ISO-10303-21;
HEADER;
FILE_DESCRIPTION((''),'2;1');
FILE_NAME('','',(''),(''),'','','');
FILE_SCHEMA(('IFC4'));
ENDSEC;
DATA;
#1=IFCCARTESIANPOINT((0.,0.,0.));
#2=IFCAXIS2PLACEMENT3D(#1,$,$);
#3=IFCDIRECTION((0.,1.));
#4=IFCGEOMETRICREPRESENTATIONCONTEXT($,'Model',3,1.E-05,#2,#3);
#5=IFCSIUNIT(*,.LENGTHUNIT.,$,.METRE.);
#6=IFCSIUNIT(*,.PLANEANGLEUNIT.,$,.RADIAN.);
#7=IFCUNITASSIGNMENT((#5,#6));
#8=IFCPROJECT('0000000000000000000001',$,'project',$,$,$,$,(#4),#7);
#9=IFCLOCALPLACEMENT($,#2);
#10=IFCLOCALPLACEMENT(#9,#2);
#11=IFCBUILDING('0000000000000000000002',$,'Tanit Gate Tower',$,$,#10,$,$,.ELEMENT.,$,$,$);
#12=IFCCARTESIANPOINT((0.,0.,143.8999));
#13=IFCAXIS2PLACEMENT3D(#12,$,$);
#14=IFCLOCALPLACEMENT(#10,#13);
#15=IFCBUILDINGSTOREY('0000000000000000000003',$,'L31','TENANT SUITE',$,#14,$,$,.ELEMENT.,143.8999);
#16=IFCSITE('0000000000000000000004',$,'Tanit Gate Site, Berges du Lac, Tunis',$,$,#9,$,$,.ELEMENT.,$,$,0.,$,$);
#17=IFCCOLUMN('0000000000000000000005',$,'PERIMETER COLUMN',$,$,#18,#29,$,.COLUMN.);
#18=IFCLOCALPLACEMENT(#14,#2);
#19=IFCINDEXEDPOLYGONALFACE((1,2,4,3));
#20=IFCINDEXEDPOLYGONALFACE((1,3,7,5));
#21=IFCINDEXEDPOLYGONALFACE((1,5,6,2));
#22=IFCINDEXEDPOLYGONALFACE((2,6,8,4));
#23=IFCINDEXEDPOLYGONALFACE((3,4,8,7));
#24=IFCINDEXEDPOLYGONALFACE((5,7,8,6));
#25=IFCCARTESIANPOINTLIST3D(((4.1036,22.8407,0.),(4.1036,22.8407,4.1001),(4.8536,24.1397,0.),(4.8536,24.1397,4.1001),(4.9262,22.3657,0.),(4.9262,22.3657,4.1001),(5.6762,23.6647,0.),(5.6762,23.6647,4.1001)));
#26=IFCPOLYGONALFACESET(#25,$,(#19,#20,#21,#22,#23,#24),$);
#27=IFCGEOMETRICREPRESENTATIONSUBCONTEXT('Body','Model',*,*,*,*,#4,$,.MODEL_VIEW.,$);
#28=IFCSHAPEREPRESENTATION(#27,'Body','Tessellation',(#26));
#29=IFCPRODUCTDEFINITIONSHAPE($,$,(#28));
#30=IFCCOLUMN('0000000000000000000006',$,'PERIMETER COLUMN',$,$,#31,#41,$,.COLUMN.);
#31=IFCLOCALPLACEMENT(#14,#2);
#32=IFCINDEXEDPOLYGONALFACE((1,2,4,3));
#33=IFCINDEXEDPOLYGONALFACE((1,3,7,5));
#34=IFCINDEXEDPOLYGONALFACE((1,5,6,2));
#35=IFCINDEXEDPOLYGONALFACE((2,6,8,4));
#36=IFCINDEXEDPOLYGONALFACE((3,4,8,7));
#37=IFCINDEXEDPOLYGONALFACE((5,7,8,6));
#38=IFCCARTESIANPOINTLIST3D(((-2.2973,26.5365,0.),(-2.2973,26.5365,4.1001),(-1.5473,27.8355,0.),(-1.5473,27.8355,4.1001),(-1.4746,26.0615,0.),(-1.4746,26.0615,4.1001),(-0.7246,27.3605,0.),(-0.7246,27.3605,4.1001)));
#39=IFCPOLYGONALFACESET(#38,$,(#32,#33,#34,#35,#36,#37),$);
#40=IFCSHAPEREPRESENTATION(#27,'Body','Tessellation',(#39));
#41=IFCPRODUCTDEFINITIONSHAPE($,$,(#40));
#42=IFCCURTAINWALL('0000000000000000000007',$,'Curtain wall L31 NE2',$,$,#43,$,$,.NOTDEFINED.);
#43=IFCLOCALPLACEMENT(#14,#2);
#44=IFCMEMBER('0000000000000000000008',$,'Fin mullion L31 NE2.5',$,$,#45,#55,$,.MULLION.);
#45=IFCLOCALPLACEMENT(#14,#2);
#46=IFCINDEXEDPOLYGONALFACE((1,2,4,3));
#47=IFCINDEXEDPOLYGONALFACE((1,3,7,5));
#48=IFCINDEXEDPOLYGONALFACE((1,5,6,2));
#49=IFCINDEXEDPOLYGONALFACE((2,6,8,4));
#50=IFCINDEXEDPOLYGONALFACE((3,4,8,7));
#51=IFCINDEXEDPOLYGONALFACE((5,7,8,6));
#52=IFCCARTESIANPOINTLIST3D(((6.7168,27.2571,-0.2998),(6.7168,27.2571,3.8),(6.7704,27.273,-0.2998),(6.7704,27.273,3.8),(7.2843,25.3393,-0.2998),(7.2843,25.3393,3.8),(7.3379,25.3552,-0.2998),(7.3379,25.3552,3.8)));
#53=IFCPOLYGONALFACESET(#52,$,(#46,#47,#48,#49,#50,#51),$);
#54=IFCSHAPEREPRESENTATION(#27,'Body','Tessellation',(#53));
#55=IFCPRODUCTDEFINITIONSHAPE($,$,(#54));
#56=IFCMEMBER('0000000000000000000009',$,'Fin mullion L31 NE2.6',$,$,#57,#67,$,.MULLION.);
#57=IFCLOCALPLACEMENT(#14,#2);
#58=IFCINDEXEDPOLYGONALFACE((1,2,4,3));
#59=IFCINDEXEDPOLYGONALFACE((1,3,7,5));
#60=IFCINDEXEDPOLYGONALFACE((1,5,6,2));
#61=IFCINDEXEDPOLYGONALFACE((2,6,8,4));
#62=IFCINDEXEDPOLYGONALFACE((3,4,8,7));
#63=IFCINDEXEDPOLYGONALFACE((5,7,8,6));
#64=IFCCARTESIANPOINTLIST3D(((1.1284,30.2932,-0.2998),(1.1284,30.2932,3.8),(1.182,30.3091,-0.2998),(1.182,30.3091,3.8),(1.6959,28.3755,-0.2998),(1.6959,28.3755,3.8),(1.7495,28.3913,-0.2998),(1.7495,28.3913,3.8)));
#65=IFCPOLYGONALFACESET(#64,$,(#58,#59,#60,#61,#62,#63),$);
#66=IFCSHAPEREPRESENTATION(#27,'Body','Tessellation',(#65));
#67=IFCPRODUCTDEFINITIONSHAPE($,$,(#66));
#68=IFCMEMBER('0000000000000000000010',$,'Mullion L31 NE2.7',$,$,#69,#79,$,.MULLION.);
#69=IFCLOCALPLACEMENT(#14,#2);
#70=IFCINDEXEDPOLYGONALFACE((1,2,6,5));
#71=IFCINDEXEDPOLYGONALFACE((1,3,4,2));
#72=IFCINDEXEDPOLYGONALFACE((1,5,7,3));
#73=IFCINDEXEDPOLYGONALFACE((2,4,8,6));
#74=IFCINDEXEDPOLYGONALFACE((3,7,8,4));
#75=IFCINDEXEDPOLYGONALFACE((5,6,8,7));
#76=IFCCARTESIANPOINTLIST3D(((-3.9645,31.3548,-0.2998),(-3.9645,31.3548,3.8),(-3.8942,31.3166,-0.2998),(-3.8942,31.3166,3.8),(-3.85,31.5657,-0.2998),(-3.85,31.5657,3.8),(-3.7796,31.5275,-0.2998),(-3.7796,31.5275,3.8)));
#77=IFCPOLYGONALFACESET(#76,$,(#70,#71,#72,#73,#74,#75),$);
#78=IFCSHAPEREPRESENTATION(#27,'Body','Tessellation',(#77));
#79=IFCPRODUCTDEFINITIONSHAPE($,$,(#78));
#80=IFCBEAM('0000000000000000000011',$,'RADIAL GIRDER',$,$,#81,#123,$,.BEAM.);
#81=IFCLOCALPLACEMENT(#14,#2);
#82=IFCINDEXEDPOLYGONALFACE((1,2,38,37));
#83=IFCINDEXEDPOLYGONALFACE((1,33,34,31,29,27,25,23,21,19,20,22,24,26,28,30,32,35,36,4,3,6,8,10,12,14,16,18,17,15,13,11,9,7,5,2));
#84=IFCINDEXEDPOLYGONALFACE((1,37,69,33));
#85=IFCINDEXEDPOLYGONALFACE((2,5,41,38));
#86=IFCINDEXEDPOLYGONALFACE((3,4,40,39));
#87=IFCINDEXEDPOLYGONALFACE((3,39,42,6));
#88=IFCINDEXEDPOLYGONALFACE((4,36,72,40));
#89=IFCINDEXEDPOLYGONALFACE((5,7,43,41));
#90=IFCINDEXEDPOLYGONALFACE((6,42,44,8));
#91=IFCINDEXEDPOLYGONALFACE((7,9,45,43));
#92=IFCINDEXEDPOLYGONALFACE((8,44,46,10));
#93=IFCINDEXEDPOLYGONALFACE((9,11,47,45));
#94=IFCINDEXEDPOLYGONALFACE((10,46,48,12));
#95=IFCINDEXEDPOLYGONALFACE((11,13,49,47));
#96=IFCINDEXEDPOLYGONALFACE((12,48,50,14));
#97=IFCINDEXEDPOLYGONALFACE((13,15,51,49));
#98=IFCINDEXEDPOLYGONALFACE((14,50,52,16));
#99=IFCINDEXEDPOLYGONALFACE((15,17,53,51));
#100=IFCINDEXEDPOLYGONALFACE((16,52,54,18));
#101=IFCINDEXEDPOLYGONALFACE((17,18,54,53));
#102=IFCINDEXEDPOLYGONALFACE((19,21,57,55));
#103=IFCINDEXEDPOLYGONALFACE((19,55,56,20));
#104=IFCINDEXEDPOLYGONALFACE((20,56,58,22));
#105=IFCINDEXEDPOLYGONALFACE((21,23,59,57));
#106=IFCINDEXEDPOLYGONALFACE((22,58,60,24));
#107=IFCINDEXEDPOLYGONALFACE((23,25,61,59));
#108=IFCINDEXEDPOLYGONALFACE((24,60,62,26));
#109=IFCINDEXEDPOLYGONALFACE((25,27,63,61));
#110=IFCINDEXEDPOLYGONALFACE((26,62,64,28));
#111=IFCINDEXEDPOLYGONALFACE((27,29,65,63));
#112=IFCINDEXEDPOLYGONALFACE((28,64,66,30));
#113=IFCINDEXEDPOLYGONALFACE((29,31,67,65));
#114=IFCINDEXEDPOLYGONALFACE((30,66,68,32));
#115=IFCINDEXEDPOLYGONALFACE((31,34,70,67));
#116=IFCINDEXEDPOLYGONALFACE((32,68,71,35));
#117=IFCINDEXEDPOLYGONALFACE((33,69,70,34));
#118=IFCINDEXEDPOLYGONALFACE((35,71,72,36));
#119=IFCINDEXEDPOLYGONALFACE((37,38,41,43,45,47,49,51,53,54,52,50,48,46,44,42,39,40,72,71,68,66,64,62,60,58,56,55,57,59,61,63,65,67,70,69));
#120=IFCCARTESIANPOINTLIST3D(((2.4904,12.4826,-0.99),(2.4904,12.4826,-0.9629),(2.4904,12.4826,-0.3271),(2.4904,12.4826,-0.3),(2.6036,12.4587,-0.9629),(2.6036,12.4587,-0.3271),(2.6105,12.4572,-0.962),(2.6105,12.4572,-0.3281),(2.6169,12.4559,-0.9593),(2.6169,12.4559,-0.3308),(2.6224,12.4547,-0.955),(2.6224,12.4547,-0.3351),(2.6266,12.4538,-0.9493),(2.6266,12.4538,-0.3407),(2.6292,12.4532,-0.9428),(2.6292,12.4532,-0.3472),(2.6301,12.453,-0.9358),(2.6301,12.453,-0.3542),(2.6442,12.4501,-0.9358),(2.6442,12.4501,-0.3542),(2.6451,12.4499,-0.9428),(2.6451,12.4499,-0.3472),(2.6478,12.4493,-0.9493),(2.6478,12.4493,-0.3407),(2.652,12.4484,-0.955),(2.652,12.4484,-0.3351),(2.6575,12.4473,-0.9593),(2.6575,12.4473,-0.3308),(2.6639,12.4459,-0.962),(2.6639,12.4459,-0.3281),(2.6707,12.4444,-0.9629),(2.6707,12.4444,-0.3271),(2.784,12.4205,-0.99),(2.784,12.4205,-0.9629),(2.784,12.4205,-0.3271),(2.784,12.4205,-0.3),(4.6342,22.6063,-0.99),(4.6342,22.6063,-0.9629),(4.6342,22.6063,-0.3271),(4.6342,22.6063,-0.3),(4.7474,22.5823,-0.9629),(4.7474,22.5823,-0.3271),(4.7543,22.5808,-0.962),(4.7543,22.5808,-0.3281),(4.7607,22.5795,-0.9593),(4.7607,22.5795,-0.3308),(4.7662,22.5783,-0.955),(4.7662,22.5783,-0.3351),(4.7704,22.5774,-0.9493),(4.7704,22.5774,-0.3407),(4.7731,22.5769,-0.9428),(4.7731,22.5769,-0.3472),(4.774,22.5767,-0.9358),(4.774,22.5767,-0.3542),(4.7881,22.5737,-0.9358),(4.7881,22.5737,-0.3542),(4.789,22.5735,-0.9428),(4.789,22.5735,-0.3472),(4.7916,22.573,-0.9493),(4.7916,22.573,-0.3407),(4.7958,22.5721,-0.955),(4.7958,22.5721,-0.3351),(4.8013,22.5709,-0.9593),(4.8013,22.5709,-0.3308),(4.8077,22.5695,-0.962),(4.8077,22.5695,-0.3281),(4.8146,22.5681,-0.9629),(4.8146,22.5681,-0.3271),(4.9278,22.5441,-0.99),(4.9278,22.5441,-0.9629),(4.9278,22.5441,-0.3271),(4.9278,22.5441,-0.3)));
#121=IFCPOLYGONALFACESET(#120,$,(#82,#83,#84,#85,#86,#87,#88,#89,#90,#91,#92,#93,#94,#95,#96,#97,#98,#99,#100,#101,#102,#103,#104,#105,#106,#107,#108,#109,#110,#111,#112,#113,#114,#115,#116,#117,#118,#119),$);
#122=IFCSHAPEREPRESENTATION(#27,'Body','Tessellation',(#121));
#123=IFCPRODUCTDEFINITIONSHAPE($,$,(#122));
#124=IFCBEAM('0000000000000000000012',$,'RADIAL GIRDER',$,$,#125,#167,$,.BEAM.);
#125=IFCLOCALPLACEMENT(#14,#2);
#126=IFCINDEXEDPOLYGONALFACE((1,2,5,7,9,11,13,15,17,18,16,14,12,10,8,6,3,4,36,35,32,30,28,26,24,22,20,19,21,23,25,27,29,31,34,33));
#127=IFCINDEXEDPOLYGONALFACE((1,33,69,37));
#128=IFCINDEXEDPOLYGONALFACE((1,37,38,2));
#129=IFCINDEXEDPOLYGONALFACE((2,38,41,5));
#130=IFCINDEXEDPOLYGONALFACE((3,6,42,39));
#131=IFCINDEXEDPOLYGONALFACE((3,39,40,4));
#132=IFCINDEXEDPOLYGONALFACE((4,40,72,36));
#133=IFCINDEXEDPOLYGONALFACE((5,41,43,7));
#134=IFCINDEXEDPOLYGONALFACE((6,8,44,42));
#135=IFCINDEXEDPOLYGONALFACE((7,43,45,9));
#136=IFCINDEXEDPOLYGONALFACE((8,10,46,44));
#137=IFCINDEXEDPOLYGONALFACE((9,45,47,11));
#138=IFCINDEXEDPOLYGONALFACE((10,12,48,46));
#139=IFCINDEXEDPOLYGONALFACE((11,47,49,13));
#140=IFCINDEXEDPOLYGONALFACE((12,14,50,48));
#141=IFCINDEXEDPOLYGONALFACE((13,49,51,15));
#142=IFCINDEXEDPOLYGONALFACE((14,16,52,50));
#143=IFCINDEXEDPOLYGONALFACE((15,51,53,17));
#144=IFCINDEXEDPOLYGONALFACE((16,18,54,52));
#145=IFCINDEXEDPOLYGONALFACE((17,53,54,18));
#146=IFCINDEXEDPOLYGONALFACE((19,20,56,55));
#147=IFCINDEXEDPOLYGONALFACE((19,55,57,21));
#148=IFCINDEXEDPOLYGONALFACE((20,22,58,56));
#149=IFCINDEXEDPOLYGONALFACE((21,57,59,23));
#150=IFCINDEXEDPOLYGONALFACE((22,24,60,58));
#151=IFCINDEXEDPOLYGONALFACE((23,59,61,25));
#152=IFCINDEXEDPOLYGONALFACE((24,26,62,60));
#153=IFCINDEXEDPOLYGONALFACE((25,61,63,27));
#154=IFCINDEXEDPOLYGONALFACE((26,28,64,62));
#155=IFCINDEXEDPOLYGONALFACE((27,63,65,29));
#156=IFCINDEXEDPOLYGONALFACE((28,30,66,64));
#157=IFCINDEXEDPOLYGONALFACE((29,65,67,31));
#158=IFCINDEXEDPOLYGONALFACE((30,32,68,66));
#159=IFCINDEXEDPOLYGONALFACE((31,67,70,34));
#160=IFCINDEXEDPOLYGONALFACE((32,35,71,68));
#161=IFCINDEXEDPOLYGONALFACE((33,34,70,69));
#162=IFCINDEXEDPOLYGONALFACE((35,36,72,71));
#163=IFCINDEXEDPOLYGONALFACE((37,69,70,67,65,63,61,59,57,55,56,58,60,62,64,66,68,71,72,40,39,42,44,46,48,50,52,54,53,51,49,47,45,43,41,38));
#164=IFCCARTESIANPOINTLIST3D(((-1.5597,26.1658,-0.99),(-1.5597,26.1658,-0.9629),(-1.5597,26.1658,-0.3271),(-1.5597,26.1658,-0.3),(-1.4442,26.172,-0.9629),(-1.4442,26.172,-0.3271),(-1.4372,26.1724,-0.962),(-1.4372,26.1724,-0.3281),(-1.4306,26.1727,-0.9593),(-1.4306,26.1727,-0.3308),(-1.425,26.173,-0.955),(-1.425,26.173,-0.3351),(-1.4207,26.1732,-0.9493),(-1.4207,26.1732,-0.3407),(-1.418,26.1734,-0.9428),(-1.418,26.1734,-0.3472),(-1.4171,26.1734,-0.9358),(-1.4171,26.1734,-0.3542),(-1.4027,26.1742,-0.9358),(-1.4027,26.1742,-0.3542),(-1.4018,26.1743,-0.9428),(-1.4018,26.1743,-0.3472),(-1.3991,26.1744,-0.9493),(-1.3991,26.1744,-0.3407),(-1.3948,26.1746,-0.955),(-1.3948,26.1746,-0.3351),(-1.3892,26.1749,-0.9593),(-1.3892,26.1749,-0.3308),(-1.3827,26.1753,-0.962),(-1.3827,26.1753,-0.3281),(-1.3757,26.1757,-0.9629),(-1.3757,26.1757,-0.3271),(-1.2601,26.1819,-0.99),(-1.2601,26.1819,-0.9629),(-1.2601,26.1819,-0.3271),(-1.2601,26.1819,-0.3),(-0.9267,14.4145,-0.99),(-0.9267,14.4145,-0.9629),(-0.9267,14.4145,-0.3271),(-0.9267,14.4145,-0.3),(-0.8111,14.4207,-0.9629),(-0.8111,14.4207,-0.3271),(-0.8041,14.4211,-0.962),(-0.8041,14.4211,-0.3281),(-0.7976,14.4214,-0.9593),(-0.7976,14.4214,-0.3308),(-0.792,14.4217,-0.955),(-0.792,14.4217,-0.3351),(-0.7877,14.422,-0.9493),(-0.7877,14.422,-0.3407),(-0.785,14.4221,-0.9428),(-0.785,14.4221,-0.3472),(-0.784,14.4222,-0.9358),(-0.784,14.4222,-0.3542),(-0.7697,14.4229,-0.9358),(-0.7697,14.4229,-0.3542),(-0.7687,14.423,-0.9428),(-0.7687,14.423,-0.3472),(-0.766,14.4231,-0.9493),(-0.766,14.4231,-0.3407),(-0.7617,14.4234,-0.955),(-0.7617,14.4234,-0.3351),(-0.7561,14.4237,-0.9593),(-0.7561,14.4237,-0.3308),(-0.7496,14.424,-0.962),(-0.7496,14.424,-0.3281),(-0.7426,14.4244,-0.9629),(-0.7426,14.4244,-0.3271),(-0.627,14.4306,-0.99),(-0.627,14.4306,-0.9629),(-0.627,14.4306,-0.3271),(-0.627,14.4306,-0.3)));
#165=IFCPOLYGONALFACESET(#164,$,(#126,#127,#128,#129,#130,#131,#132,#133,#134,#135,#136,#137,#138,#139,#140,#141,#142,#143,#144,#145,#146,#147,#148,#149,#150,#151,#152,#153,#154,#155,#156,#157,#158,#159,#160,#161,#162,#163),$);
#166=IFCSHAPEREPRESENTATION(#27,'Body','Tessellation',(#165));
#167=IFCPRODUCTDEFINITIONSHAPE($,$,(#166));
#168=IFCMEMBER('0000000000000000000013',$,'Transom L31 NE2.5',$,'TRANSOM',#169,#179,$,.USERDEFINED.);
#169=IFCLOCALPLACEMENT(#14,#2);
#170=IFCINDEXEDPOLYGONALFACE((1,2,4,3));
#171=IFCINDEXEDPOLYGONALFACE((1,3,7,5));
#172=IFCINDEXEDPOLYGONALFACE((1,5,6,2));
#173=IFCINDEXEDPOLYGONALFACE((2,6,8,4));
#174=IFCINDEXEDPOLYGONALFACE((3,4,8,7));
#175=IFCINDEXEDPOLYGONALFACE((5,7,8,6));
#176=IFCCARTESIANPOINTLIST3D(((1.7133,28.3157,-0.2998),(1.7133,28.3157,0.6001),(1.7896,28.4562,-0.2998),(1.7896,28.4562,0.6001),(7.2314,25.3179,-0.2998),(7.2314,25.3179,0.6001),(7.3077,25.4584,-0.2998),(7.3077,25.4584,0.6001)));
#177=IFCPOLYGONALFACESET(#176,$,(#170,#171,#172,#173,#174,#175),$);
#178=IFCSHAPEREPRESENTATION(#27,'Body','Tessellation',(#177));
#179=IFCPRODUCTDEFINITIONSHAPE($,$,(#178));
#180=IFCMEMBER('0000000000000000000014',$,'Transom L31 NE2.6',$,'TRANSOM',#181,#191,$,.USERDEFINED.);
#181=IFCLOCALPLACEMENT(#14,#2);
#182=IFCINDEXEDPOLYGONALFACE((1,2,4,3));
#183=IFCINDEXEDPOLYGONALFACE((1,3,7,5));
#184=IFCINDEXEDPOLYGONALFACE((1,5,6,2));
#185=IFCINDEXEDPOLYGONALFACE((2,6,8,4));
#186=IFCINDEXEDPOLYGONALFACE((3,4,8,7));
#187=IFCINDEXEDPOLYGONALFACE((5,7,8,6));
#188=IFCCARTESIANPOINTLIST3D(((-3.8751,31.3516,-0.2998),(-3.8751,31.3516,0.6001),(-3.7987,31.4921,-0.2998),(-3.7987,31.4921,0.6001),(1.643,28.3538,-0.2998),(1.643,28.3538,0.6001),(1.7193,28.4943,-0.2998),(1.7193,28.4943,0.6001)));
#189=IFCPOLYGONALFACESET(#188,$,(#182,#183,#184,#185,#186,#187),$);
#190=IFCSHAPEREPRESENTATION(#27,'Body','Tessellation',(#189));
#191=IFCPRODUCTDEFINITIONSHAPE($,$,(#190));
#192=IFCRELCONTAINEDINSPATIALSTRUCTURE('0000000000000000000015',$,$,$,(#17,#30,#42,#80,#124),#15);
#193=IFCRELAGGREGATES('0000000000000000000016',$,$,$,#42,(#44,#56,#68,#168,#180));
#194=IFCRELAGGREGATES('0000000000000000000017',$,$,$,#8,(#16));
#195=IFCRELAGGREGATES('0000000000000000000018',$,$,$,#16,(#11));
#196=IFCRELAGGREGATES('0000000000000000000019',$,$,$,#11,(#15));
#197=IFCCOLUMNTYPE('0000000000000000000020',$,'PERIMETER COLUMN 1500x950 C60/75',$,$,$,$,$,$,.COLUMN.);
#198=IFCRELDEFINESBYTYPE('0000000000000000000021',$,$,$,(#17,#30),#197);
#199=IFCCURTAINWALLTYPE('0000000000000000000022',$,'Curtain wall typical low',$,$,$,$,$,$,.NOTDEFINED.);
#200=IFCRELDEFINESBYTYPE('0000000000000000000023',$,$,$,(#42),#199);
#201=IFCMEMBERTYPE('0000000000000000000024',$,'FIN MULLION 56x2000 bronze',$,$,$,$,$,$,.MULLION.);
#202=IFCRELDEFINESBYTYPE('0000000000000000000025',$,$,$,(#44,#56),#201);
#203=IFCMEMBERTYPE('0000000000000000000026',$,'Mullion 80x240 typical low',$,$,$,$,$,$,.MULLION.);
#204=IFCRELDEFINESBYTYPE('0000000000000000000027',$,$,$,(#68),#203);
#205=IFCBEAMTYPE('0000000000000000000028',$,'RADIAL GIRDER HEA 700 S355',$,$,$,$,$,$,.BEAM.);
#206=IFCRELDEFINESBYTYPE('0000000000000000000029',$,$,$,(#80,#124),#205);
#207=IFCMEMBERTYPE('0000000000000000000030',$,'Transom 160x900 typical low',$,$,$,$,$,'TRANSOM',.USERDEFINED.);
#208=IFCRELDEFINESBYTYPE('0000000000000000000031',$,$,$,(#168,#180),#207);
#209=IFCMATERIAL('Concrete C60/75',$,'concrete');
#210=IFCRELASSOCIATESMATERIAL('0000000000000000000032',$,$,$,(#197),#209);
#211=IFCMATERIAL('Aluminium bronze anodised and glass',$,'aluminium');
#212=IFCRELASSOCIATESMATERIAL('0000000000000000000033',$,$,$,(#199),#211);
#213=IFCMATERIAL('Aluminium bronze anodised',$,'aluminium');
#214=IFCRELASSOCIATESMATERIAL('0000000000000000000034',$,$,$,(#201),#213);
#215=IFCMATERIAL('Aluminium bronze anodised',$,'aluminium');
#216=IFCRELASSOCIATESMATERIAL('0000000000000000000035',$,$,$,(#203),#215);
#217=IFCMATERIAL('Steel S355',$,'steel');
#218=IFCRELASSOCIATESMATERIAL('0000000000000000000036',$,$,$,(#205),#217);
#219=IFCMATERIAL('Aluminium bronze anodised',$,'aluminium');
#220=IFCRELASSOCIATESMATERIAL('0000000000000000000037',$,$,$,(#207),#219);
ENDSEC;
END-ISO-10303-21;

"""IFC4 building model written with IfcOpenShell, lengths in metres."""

from ifc_helpers import new_model, si_unit, direction, frame, origin, origin_2d, place, context, subcontext, project, spatial, rectangle, i_section, extrude, material, material_profile, profile_set, type_object, element, aggregate, save


model = new_model("IFC4")

# Units and contexts
model_context = context("Model", 3, precision=1e-05, world=origin(), true_north=direction((0.0, 1.0)))
body_context = subcontext(model_context, "Body", "Model", "MODEL_VIEW")
ifc_project = project(units=[si_unit("LENGTHUNIT", "METRE"), si_unit("PLANEANGLEUNIT", "RADIAN")], contexts=[model_context])

# Site, building, storey
site_placement = place(None, origin())
site = spatial("IfcSite", under=ifc_project, at=site_placement, Name="Tanit Gate Site, Berges du Lac, Tunis", CompositionType="ELEMENT", RefElevation=0.0)
building_placement = place(site_placement, origin())
building = spatial("IfcBuilding", under=site, at=building_placement, Name="Tanit Gate Tower", CompositionType="ELEMENT")
storey_placement = place(building_placement, frame((0.0, 0.0, 143.8999)))
storey = spatial("IfcBuildingStorey", under=building, at=storey_placement, Name="L31", Description="TENANT SUITE", CompositionType="ELEMENT", Elevation=143.8999)

# Columns
ifc_material_1 = material(Name="Concrete C60/75", Category="concrete")
ifc_material_profile_1 = material_profile(ifc_material_1, rectangle(XDim=1.5, YDim=0.95, at=origin_2d()), Name="RC 1500x950")
ifc_profile_set_1 = profile_set([ifc_material_profile_1], Name="Concrete C60/75")
column_type = type_object("IfcColumnType", Name="PERIMETER COLUMN 1500x950 C60/75", PredefinedType="COLUMN", material=ifc_profile_set_1)
for number, where, z_axis, x_axis, name in (
    (1, (4.8899, 23.2527, 0.0), (0.0, 0.0, 1.0), (0.5, 0.866025, 0.0), "PERIMETER COLUMN"),
    (2, (-1.511, 26.9485, 0.0), (0.0, 0.0, 1.0), (0.5, 0.866025, 0.0), "PERIMETER COLUMN"),
):
    element("IfcColumn", number, at=place(storey_placement, frame(where, z_axis=z_axis, x_axis=x_axis)), inside=storey, type_object=column_type, Name=name, PredefinedType="COLUMN", context=body_context, shape_type="SweptSolid", body=[
        extrude(rectangle(XDim=1.5, YDim=0.95, at=origin_2d()), origin(), (0.0, 0.0, 1.0), 4.1001),
    ])

# Curtain wall, members
ifc_material_2 = material(Name="Aluminium bronze anodised and glass", Category="aluminium")
curtain_wall_type = type_object("IfcCurtainWallType", Name="Curtain wall typical low", PredefinedType="NOTDEFINED", material=ifc_material_2)
curtain_wall_1_placement = place(storey_placement, origin())
curtain_wall_1 = element("IfcCurtainWall", 3, at=curtain_wall_1_placement, inside=storey, type_object=curtain_wall_type, Name="Curtain wall L31 NE2", PredefinedType="NOTDEFINED")
ifc_material_3 = material(Name="Aluminium bronze anodised", Category="aluminium")
ifc_material_profile_2 = material_profile(ifc_material_3, rectangle(XDim=2.0, YDim=0.0559, at=origin_2d()), Name="56x2000 bronze fin mullion")
ifc_profile_set_2 = profile_set([ifc_material_profile_2], Name="Aluminium bronze anodised")
member_type_1 = type_object("IfcMemberType", Name="FIN MULLION 56x2000 bronze", PredefinedType="MULLION", material=ifc_profile_set_2)
member_1_placement = place(storey_placement, frame((7.0273, 26.3062, -0.2998), z_axis=(0.0, 0.0, 1.0), x_axis=(0.283773, -0.958892, 0.0)))
member_1 = element("IfcMember", 4, at=member_1_placement, type_object=member_type_1, Name="Fin mullion L31 NE2.5", PredefinedType="MULLION", context=body_context, shape_type="SweptSolid", body=[
    extrude(rectangle(XDim=2.0, YDim=0.0559, at=origin_2d()), origin(), (0.0, 0.0, 1.0), 4.0999),
])
member_2_placement = place(storey_placement, frame((1.439, 29.3423, -0.2998), z_axis=(0.0, 0.0, 1.0), x_axis=(0.283773, -0.958892, 0.0)))
member_2 = element("IfcMember", 5, at=member_2_placement, type_object=member_type_1, Name="Fin mullion L31 NE2.6", PredefinedType="MULLION", context=body_context, shape_type="SweptSolid", body=[
    extrude(rectangle(XDim=2.0, YDim=0.0559, at=origin_2d()), origin(), (0.0, 0.0, 1.0), 4.0999),
])
ifc_material_4 = material(Name="Aluminium bronze anodised", Category="aluminium")
ifc_material_profile_3 = material_profile(ifc_material_4, rectangle(XDim=0.24, YDim=0.0801, at=origin_2d()), Name="80x240 bronze mullion")
ifc_profile_set_3 = profile_set([ifc_material_profile_3], Name="Aluminium bronze anodised")
member_type_2 = type_object("IfcMemberType", Name="Mullion 80x240 typical low", PredefinedType="MULLION", material=ifc_profile_set_3)
member_3_placement = place(storey_placement, frame((-3.8721, 31.4412, -0.2998), z_axis=(0.0, 0.0, 1.0), x_axis=(-0.477381, -0.878696, 0.0)))
member_3 = element("IfcMember", 6, at=member_3_placement, type_object=member_type_2, Name="Mullion L31 NE2.7", PredefinedType="MULLION", context=body_context, shape_type="SweptSolid", body=[
    extrude(rectangle(XDim=0.24, YDim=0.0801, at=origin_2d()), origin(), (0.0, 0.0, 1.0), 4.0999),
])

# Beams
ifc_material_5 = material(Name="Steel S355", Category="steel")
ifc_material_profile_4 = material_profile(ifc_material_5, i_section(OverallWidth=0.3, OverallDepth=0.6899, WebThickness=0.0144, FlangeThickness=0.0271, FilletRadius=0.0271, at=origin_2d()), Name="HEA 700")
ifc_profile_set_4 = profile_set([ifc_material_profile_4], Name="Steel S355")
beam_type = type_object("IfcBeamType", Name="RADIAL GIRDER HEA 700 S355", PredefinedType="BEAM", material=ifc_profile_set_4)
beam_1_placement = place(storey_placement, frame((4.781, 22.5752, -0.645), z_axis=(-0.20717, -0.978305, 0.0), x_axis=(0.978305, -0.20717, 0.0)))
element("IfcBeam", 7, at=beam_1_placement, inside=storey, type_object=beam_type, Name="RADIAL GIRDER", PredefinedType="BEAM", context=body_context, shape_type="SweptSolid", body=[
    extrude(i_section(OverallWidth=0.3, OverallDepth=0.6899, WebThickness=0.0144, FlangeThickness=0.0271, FilletRadius=0.0271, at=origin_2d()), origin(), (0.0, 0.0, 1.0), 10.3481),
])
beam_2_placement = place(storey_placement, frame((-1.4099, 26.1738, -0.645), z_axis=(0.053794, -0.998552, 0.0), x_axis=(0.998552, 0.053794, 0.0)))
element("IfcBeam", 8, at=beam_2_placement, inside=storey, type_object=beam_type, Name="RADIAL GIRDER", PredefinedType="BEAM", context=body_context, shape_type="SweptSolid", body=[
    extrude(i_section(OverallWidth=0.3, OverallDepth=0.6899, WebThickness=0.0144, FlangeThickness=0.0271, FilletRadius=0.0271, at=origin_2d()), origin(), (0.0, 0.0, 1.0), 11.7683),
])

# Members
ifc_material_6 = material(Name="Aluminium bronze anodised", Category="aluminium")
ifc_material_profile_5 = material_profile(ifc_material_6, rectangle(XDim=0.1599, YDim=0.8999, at=origin_2d()), Name="160x900 bronze transom")
ifc_profile_set_5 = profile_set([ifc_material_profile_5], Name="Aluminium bronze anodised")
member_type_3 = type_object("IfcMemberType", Name="Transom 160x900 typical low", ElementType="TRANSOM", PredefinedType="USERDEFINED", material=ifc_profile_set_5)
member_4_placement = place(storey_placement, frame((7.2695, 25.3882, 0.1501), z_axis=(-0.878701, 0.477372, 0.0), x_axis=(-0.477372, -0.878701, 0.0)))
member_4 = element("IfcMember", 9, at=member_4_placement, type_object=member_type_3, Name="Transom L31 NE2.5", ObjectType="TRANSOM", PredefinedType="USERDEFINED", context=body_context, shape_type="SweptSolid", body=[
    extrude(rectangle(XDim=0.1599, YDim=0.8999, at=origin_2d()), origin(), (0.0, 0.0, 1.0), 6.2798),
])
member_5_placement = place(storey_placement, frame((1.6812, 28.4241, 0.1501), z_axis=(-0.878701, 0.477372, 0.0), x_axis=(-0.477372, -0.878701, 0.0)))
member_5 = element("IfcMember", 10, at=member_5_placement, type_object=member_type_3, Name="Transom L31 NE2.6", ObjectType="TRANSOM", PredefinedType="USERDEFINED", context=body_context, shape_type="SweptSolid", body=[
    extrude(rectangle(XDim=0.1599, YDim=0.8999, at=origin_2d()), origin(), (0.0, 0.0, 1.0), 6.2798),
])

aggregate(curtain_wall_1, [member_1, member_2, member_3, member_4, member_5])

save(model, "model.ifc")
